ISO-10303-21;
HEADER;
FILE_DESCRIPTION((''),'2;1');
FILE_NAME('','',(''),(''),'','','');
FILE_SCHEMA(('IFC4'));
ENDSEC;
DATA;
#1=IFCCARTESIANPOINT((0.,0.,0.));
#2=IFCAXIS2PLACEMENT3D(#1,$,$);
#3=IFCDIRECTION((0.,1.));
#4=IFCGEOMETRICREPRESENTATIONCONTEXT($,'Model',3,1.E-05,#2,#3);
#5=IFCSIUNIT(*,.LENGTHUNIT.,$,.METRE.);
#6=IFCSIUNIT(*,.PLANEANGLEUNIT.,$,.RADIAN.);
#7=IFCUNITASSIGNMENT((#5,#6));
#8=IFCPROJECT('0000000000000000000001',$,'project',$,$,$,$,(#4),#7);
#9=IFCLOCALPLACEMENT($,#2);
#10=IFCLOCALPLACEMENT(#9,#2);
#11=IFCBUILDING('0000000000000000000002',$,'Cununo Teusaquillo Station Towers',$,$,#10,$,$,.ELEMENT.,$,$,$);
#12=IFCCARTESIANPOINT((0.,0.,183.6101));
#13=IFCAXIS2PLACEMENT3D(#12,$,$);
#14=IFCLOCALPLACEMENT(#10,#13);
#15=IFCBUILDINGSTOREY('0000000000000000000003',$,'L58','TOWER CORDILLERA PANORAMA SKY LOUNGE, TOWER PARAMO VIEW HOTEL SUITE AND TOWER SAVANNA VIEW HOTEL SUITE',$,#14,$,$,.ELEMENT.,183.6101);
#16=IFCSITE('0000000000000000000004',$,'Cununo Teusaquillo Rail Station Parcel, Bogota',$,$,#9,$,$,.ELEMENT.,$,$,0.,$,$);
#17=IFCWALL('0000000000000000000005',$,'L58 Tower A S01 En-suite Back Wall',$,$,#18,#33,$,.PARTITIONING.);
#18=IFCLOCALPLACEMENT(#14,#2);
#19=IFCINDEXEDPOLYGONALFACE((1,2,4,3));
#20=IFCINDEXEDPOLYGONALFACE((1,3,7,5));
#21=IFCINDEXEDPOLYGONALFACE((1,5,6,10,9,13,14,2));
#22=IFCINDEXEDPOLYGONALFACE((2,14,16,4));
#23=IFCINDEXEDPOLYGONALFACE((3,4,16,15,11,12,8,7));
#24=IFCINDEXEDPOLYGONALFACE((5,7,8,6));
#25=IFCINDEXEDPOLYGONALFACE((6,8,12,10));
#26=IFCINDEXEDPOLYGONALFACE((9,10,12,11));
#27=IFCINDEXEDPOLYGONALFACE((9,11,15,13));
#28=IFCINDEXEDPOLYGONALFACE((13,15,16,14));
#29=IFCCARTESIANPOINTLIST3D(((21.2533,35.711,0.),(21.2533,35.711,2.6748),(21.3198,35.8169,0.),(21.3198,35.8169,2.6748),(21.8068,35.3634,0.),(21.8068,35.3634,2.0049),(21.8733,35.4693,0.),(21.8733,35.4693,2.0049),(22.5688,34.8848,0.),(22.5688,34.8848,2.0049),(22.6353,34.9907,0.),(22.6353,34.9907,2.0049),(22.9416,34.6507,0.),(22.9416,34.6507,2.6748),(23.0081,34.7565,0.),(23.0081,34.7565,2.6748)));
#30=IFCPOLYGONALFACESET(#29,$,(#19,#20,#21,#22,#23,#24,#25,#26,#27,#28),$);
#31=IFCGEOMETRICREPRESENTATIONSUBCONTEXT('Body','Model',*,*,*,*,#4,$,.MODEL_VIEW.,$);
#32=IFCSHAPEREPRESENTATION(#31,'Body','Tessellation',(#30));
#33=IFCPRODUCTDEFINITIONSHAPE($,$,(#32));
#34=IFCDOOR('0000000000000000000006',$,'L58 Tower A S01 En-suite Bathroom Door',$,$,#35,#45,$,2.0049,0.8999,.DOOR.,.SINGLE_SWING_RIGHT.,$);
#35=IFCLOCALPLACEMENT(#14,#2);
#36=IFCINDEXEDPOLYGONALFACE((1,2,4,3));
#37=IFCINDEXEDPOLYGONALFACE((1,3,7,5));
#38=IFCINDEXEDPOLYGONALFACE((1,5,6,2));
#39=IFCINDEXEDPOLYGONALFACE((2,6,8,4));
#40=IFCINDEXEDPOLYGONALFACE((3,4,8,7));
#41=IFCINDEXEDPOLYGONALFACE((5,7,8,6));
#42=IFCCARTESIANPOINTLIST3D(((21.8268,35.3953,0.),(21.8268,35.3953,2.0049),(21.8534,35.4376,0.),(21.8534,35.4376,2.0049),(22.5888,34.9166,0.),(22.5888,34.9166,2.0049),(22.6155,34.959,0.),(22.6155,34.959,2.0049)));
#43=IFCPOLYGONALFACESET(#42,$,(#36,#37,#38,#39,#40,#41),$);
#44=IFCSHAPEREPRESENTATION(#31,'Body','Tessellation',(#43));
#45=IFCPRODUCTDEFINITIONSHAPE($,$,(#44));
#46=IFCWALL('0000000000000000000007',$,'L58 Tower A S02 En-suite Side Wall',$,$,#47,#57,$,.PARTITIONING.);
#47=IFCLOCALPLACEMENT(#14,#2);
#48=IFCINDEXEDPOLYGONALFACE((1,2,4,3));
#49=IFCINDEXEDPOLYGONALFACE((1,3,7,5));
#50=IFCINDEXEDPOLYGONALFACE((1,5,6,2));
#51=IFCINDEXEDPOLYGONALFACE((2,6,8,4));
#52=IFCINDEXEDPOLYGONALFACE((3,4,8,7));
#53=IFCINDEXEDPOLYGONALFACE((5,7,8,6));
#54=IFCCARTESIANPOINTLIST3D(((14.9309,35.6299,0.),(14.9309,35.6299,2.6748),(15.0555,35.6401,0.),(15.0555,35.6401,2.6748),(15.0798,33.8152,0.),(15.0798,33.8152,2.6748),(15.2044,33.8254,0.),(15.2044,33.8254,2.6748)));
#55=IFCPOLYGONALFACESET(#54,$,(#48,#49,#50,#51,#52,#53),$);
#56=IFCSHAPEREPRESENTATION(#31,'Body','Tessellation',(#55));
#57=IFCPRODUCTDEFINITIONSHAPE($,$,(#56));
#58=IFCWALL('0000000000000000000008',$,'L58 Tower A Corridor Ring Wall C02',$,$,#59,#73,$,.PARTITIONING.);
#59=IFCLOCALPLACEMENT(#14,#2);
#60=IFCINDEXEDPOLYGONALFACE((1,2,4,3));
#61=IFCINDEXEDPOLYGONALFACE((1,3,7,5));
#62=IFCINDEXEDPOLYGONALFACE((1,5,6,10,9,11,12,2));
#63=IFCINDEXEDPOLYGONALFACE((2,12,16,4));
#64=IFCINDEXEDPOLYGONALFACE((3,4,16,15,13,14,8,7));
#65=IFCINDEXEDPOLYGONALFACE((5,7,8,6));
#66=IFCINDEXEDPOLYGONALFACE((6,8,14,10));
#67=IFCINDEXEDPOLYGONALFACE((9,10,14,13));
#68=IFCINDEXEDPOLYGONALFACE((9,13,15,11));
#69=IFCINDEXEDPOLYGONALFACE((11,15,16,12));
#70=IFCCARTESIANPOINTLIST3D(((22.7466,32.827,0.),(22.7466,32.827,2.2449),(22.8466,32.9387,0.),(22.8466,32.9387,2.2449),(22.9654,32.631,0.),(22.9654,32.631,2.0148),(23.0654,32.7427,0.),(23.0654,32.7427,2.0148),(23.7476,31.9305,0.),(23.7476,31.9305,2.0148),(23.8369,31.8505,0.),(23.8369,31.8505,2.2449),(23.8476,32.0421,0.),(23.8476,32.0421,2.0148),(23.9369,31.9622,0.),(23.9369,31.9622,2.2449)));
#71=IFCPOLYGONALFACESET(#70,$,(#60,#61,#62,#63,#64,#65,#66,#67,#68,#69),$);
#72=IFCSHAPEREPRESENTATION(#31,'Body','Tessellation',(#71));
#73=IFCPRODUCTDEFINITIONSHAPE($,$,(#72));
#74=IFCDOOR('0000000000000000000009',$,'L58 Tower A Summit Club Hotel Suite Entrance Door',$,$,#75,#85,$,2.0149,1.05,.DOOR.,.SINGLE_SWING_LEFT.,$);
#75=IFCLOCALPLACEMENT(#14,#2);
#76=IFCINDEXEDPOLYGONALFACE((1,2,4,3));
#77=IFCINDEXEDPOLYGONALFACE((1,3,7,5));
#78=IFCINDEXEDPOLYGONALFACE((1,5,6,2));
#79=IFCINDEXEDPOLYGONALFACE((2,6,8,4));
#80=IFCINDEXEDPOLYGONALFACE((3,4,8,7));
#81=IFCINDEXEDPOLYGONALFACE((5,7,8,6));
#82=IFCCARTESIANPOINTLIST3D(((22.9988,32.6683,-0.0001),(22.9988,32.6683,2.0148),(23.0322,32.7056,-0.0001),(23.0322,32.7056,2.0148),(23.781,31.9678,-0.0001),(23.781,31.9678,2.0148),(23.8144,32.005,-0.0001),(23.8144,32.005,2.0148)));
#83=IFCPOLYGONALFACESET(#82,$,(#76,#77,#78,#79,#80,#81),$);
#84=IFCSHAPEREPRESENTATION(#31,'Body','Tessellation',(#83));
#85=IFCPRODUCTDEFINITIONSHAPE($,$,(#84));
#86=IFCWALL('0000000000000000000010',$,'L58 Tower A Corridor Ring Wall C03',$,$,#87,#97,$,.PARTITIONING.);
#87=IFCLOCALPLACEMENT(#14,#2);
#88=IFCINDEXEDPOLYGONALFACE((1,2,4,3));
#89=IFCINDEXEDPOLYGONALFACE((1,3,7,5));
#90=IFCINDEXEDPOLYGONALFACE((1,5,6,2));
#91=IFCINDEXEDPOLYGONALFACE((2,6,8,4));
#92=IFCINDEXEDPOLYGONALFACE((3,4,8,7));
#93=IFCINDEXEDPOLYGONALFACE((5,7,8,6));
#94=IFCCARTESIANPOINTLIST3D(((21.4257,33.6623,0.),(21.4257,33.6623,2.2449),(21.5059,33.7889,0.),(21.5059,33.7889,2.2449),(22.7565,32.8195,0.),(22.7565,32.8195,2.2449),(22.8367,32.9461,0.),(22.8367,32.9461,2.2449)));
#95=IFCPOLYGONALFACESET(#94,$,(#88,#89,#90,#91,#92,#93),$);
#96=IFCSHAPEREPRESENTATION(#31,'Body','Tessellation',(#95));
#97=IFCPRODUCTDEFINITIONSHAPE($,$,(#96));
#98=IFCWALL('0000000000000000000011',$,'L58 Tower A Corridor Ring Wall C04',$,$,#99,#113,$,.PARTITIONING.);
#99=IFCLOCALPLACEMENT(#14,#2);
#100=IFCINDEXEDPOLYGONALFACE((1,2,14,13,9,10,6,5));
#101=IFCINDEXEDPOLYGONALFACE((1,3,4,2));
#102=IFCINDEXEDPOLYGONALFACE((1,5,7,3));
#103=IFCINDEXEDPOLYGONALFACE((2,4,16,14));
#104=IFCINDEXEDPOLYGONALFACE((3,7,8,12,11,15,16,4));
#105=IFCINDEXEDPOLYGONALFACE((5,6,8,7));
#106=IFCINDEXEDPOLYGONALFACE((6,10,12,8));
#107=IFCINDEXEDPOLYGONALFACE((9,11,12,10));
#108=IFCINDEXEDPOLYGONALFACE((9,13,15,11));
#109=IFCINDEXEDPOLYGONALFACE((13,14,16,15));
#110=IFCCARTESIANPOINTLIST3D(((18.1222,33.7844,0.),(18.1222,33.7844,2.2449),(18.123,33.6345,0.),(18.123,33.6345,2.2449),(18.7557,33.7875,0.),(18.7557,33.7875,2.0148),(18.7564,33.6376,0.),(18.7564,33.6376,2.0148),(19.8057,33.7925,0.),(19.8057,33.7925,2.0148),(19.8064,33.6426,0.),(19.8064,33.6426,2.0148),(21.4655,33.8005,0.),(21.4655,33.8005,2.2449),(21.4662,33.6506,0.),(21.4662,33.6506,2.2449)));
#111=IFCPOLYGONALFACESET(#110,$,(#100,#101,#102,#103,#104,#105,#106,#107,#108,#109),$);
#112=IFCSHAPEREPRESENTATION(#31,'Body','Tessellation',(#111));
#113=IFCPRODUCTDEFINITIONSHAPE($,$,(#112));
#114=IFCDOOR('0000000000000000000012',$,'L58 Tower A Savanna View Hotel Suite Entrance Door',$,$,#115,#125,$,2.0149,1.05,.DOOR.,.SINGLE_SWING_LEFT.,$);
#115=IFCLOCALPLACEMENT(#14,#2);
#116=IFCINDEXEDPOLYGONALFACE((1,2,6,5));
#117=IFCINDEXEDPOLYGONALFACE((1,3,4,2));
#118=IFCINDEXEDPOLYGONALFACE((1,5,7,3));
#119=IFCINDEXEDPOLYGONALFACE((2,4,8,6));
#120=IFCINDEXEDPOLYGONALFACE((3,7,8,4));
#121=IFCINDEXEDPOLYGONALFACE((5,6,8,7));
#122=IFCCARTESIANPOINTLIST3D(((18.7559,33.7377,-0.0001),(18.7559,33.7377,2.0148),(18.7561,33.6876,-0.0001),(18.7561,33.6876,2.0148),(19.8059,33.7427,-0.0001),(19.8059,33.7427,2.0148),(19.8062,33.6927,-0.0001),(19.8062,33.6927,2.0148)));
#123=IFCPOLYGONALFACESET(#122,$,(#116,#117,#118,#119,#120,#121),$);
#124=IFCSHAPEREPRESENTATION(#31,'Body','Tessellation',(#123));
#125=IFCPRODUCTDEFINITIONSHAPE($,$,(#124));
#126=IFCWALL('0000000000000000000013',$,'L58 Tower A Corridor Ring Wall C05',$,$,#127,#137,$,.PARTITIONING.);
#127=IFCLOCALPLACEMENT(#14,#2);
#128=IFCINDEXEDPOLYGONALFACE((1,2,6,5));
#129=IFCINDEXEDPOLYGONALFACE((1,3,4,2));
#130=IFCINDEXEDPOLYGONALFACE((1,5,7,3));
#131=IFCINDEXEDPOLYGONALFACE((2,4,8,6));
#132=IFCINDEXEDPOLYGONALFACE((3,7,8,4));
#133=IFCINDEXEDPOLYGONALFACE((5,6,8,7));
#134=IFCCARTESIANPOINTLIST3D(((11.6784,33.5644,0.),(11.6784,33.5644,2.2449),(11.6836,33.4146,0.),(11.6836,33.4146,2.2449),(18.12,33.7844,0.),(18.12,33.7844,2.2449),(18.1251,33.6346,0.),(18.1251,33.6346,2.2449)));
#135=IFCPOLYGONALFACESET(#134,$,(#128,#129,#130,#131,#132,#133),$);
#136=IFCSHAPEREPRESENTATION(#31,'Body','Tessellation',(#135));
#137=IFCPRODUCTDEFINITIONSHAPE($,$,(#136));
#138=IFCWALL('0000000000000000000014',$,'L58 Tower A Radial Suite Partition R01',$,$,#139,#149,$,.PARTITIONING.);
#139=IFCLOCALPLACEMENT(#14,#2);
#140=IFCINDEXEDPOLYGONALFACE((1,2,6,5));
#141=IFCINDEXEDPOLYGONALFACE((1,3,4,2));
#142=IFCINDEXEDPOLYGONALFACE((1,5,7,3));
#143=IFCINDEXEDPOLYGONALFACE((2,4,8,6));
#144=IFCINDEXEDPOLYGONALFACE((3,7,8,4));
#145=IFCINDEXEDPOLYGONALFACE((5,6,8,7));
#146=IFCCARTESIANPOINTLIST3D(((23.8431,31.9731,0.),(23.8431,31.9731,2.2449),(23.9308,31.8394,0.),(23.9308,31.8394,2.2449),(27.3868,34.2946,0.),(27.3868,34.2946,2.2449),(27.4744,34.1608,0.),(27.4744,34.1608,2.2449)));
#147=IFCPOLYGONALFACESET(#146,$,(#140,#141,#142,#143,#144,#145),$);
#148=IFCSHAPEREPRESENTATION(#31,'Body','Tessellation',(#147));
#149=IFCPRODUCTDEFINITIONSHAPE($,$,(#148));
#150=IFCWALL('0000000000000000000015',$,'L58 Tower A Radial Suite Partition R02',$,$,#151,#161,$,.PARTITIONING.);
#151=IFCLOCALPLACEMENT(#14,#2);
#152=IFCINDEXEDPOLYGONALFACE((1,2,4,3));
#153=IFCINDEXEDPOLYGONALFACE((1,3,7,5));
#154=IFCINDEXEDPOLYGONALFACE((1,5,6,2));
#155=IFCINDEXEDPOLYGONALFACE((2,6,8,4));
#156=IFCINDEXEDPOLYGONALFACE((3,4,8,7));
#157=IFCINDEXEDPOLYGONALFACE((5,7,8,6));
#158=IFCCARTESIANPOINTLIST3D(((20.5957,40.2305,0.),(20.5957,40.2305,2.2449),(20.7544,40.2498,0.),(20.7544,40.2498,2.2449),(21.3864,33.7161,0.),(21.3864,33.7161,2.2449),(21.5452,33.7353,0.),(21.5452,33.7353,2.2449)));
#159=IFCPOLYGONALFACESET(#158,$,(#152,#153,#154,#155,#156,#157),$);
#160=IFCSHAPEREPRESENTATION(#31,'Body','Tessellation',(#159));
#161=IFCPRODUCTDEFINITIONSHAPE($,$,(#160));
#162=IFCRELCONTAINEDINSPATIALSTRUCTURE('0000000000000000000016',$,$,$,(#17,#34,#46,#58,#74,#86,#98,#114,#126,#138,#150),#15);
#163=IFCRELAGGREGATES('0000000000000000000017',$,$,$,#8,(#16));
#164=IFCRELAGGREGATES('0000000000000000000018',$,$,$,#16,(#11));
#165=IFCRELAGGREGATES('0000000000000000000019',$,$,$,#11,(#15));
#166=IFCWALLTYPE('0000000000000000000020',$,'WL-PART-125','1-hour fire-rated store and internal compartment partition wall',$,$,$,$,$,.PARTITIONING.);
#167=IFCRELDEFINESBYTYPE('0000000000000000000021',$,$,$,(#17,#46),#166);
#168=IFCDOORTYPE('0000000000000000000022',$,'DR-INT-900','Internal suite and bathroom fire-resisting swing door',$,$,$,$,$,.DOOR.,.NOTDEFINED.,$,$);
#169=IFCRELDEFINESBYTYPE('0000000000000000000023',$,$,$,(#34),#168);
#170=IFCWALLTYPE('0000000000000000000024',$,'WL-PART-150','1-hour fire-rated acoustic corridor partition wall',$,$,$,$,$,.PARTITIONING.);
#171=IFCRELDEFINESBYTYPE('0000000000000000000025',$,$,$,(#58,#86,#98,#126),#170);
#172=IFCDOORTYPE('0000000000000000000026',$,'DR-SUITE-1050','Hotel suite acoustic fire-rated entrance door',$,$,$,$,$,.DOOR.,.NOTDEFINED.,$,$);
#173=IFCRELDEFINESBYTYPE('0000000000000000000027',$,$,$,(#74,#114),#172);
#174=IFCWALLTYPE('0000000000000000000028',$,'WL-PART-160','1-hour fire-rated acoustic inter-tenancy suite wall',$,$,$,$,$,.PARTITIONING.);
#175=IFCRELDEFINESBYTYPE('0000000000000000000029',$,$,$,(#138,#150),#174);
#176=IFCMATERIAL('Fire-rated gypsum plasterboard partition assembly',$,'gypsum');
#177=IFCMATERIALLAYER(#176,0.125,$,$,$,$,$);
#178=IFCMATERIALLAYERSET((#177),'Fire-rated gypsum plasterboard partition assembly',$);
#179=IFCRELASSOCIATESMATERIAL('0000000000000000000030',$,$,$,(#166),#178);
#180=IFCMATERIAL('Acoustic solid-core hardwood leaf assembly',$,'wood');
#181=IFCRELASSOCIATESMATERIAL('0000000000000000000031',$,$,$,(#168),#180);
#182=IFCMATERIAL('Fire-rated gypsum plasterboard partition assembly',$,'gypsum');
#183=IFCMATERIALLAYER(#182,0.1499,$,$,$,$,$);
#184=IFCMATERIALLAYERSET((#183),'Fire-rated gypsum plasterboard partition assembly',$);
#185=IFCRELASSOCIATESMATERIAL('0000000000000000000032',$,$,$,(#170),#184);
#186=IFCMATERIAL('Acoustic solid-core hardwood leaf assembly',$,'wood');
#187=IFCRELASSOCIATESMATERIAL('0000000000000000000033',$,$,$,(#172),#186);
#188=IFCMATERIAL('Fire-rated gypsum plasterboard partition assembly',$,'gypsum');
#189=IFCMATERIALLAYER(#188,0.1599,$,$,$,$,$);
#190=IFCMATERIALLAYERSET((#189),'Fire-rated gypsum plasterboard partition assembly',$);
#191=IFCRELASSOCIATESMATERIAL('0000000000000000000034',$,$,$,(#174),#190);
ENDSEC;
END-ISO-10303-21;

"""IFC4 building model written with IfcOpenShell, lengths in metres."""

from ifc_helpers import new_model, si_unit, direction, frame, frame_2d, origin, place, context, subcontext, project, spatial, rectangle, extrude, source, transform, mapped, material, layer, layer_set, type_object, element, fill, save


model = new_model("IFC4")

# Units and contexts
model_context = context("Model", 3, precision=1e-05, world=origin(), true_north=direction((0.0, 1.0)))
body_context = subcontext(model_context, "Body", "Model", "MODEL_VIEW")
ifc_project = project(units=[si_unit("LENGTHUNIT", "METRE"), si_unit("PLANEANGLEUNIT", "RADIAN")], contexts=[model_context])

# Site, building, storey
site_placement = place(None, origin())
site = spatial("IfcSite", under=ifc_project, at=site_placement, Name="Cununo Teusaquillo Rail Station Parcel, Bogota", CompositionType="ELEMENT", RefElevation=0.0)
building_placement = place(site_placement, origin())
building = spatial("IfcBuilding", under=site, at=building_placement, Name="Cununo Teusaquillo Station Towers", CompositionType="ELEMENT")
storey_placement = place(building_placement, frame((0.0, 0.0, 183.6101)))
storey = spatial("IfcBuildingStorey", under=building, at=storey_placement, Name="L58", Description="TOWER CORDILLERA PANORAMA SKY LOUNGE, TOWER PARAMO VIEW HOTEL SUITE AND TOWER SAVANNA VIEW HOTEL SUITE", CompositionType="ELEMENT", Elevation=183.6101)

# Shared definitions
ifc_material_1 = material(Name="Fire-rated gypsum plasterboard partition assembly", Category="gypsum")
ifc_layer_1 = layer(ifc_material_1, 0.125)
ifc_layer_set_1 = layer_set([ifc_layer_1], Name="Fire-rated gypsum plasterboard partition assembly")
wall_type_1 = type_object("IfcWallType", Name="WL-PART-125", Description="1-hour fire-rated store and internal compartment partition wall", PredefinedType="PARTITIONING", material=ifc_layer_set_1)

# Wall, opening, door
wall_1_placement = place(storey_placement, frame((22.9749, 34.7036, 0.0), z_axis=(0.0, 0.0, 1.0), x_axis=(-0.846834, 0.531858, 0.0)))
wall_1 = element("IfcWall", 1, at=wall_1_placement, inside=storey, type_object=wall_type_1, Name="L58 Tower A S01 En-suite Back Wall", PredefinedType="PARTITIONING", context=body_context, shape_type="SweptSolid", body=[
    extrude(rectangle(XDim=1.9937, YDim=0.125, at=frame_2d((0.9968, 0.0))), origin(), (0.0, 0.0, 1.0), 2.6748),
])
shared_shape_1 = source(origin(), body_context, "Body", "SweptSolid", [
    extrude(rectangle(XDim=0.8999, YDim=2.0049, at=frame_2d((0.45, 1.0024))), frame((0.0, 0.0725, 0.0), z_axis=(0.0, -1.0, 0.0), x_axis=(1.0, 0.0, 0.0)), (0.0, 0.0, 1.0), 0.145),
])
opening_1_placement = place(wall_1_placement, frame((0.4402, 0.0, 0.0)))
opening_1 = element("IfcOpeningElement", 2, at=opening_1_placement, cuts=wall_1, PredefinedType="OPENING", context=body_context, shape_type="MappedRepresentation", body=[
    mapped(shared_shape_1, transform((0.0, 0.0, 0.0), x_axis=(1.0, 0.0, 0.0), y_axis=(0.0, 1.0, 0.0), z_axis=(0.0, 0.0, 1.0), scale=1.0)),
])
ifc_material_2 = material(Name="Acoustic solid-core hardwood leaf assembly", Category="wood")
door_type_1 = type_object("IfcDoorType", Name="DR-INT-900", Description="Internal suite and bathroom fire-resisting swing door", OperationType="NOTDEFINED", PredefinedType="DOOR", material=ifc_material_2)
shared_shape_2 = source(origin(), body_context, "Body", "SweptSolid", [
    extrude(rectangle(XDim=0.8999, YDim=2.0049, at=frame_2d((0.45, 1.0024))), frame((0.0, 0.0249, 0.0), z_axis=(0.0, -1.0, 0.0), x_axis=(1.0, 0.0, 0.0)), (0.0, 0.0, 1.0), 0.05),
])
door_1_placement = place(opening_1_placement, origin())
door_1 = element("IfcDoor", 3, at=door_1_placement, inside=storey, type_object=door_type_1, Name="L58 Tower A S01 En-suite Bathroom Door", OperationType="SINGLE_SWING_RIGHT", OverallHeight=2.0049, OverallWidth=0.8999, PredefinedType="DOOR", context=body_context, shape_type="MappedRepresentation", body=[
    mapped(shared_shape_2, transform((0.0, 0.0, 0.0), x_axis=(1.0, 0.0, 0.0), y_axis=(0.0, 1.0, 0.0), z_axis=(0.0, 0.0, 1.0), scale=1.0)),
])
fill(opening_1, door_1)

# Wall
wall_2_placement = place(storey_placement, frame((15.1421, 33.8203, 0.0), z_axis=(0.0, 0.0, 1.0), x_axis=(-0.081791, 0.996649, 0.0)))
element("IfcWall", 4, at=wall_2_placement, inside=storey, type_object=wall_type_1, Name="L58 Tower A S02 En-suite Side Wall", PredefinedType="PARTITIONING", context=body_context, shape_type="SweptSolid", body=[
    extrude(rectangle(XDim=1.8208, YDim=0.125, at=frame_2d((0.9104, 0.0))), origin(), (0.0, 0.0, 1.0), 2.6748),
])

# Wall, opening, door
ifc_material_3 = material(Name="Fire-rated gypsum plasterboard partition assembly", Category="gypsum")
ifc_layer_2 = layer(ifc_material_3, 0.1499)
ifc_layer_set_2 = layer_set([ifc_layer_2], Name="Fire-rated gypsum plasterboard partition assembly")
wall_type_2 = type_object("IfcWallType", Name="WL-PART-150", Description="1-hour fire-rated acoustic corridor partition wall", PredefinedType="PARTITIONING", material=ifc_layer_set_2)
wall_3_placement = place(storey_placement, frame((23.887, 31.9062, 0.0), z_axis=(0.0, 0.0, 1.0), x_axis=(-0.744901, 0.667175, 0.0)))
wall_3 = element("IfcWall", 5, at=wall_3_placement, inside=storey, type_object=wall_type_2, Name="L58 Tower A Corridor Ring Wall C02", PredefinedType="PARTITIONING", context=body_context, shape_type="SweptSolid", body=[
    extrude(rectangle(XDim=1.4636, YDim=0.1499, at=frame_2d((0.7319, 0.0))), origin(), (0.0, 0.0, 1.0), 2.2449),
])
shared_shape_3 = source(origin(), body_context, "Body", "SweptSolid", [
    extrude(rectangle(XDim=1.05, YDim=2.0149, at=frame_2d((0.5249, 1.0073))), frame((0.0, 0.085, 0.0), z_axis=(0.0, -1.0, 0.0), x_axis=(1.0, 0.0, 0.0)), (0.0, 0.0, 1.0), 0.1699),
])
opening_2_placement = place(wall_3_placement, frame((0.1201, 0.0, 0.0)))
opening_2 = element("IfcOpeningElement", 6, at=opening_2_placement, cuts=wall_3, PredefinedType="OPENING", context=body_context, shape_type="MappedRepresentation", body=[
    mapped(shared_shape_3, transform((0.0, 0.0, 0.0), x_axis=(1.0, 0.0, 0.0), y_axis=(0.0, 1.0, 0.0), z_axis=(0.0, 0.0, 1.0), scale=1.0)),
])
ifc_material_4 = material(Name="Acoustic solid-core hardwood leaf assembly", Category="wood")
door_type_2 = type_object("IfcDoorType", Name="DR-SUITE-1050", Description="Hotel suite acoustic fire-rated entrance door", OperationType="NOTDEFINED", PredefinedType="DOOR", material=ifc_material_4)
shared_shape_4 = source(origin(), body_context, "Body", "SweptSolid", [
    extrude(rectangle(XDim=1.05, YDim=2.0149, at=frame_2d((0.5249, 1.0073))), frame((0.0, 0.0249, 0.0), z_axis=(0.0, -1.0, 0.0), x_axis=(1.0, 0.0, 0.0)), (0.0, 0.0, 1.0), 0.05),
])
door_2_placement = place(opening_2_placement, origin())
door_2 = element("IfcDoor", 7, at=door_2_placement, inside=storey, type_object=door_type_2, Name="L58 Tower A Summit Club Hotel Suite Entrance Door", OperationType="SINGLE_SWING_LEFT", OverallHeight=2.0149, OverallWidth=1.05, PredefinedType="DOOR", context=body_context, shape_type="MappedRepresentation", body=[
    mapped(shared_shape_4, transform((0.0, 0.0, 0.0), x_axis=(1.0, 0.0, 0.0), y_axis=(0.0, 1.0, 0.0), z_axis=(0.0, 0.0, 1.0), scale=1.0)),
])
fill(opening_2, door_2)

# Wall
wall_4_placement = place(storey_placement, frame((22.7966, 32.8828, 0.0), z_axis=(0.0, 0.0, 1.0), x_axis=(-0.84484, 0.535019, 0.0)))
element("IfcWall", 8, at=wall_4_placement, inside=storey, type_object=wall_type_2, Name="L58 Tower A Corridor Ring Wall C03", PredefinedType="PARTITIONING", context=body_context, shape_type="SweptSolid", body=[
    extrude(rectangle(XDim=1.5752, YDim=0.1499, at=frame_2d((0.7876, 0.0))), origin(), (0.0, 0.0, 1.0), 2.2449),
])

# Wall, opening, door
wall_5_placement = place(storey_placement, frame((21.4658, 33.7256, 0.0), z_axis=(0.0, 0.0, 1.0), x_axis=(-0.999988, -0.00482, 0.0)))
wall_5 = element("IfcWall", 9, at=wall_5_placement, inside=storey, type_object=wall_type_2, Name="L58 Tower A Corridor Ring Wall C04", PredefinedType="PARTITIONING", context=body_context, shape_type="SweptSolid", body=[
    extrude(rectangle(XDim=3.3433, YDim=0.1499, at=frame_2d((1.6716, 0.0))), origin(), (0.0, 0.0, 1.0), 2.2449),
])
opening_3_placement = place(wall_5_placement, frame((1.6599, 0.0, 0.0)))
opening_3 = element("IfcOpeningElement", 10, at=opening_3_placement, cuts=wall_5, PredefinedType="OPENING", context=body_context, shape_type="MappedRepresentation", body=[
    mapped(shared_shape_3, transform((0.0, 0.0, 0.0), x_axis=(1.0, 0.0, 0.0), y_axis=(0.0, 1.0, 0.0), z_axis=(0.0, 0.0, 1.0), scale=1.0)),
])
door_3_placement = place(opening_3_placement, origin())
door_3 = element("IfcDoor", 11, at=door_3_placement, inside=storey, type_object=door_type_2, Name="L58 Tower A Savanna View Hotel Suite Entrance Door", OperationType="SINGLE_SWING_LEFT", OverallHeight=2.0149, OverallWidth=1.05, PredefinedType="DOOR", context=body_context, shape_type="MappedRepresentation", body=[
    mapped(shared_shape_4, transform((0.0, 0.0, 0.0), x_axis=(1.0, 0.0, 0.0), y_axis=(0.0, 1.0, 0.0), z_axis=(0.0, 0.0, 1.0), scale=1.0)),
])
fill(opening_3, door_3)

# Walls
wall_6_placement = place(storey_placement, frame((18.1226, 33.7095, 0.0), z_axis=(0.0, 0.0, 1.0), x_axis=(-0.999417, -0.034128, 0.0)))
element("IfcWall", 12, at=wall_6_placement, inside=storey, type_object=wall_type_2, Name="L58 Tower A Corridor Ring Wall C05", PredefinedType="PARTITIONING", context=body_context, shape_type="SweptSolid", body=[
    extrude(rectangle(XDim=6.4453, YDim=0.1499, at=frame_2d((3.2227, 0.0))), origin(), (0.0, 0.0, 1.0), 2.2449),
])
ifc_material_5 = material(Name="Fire-rated gypsum plasterboard partition assembly", Category="gypsum")
ifc_layer_3 = layer(ifc_material_5, 0.1599)
ifc_layer_set_3 = layer_set([ifc_layer_3], Name="Fire-rated gypsum plasterboard partition assembly")
wall_type_3 = type_object("IfcWallType", Name="WL-PART-160", Description="1-hour fire-rated acoustic inter-tenancy suite wall", PredefinedType="PARTITIONING", material=ifc_layer_set_3)
wall_7_placement = place(storey_placement, frame((23.887, 31.9062, 0.0), z_axis=(0.0, 0.0, 1.0), x_axis=(0.836483, 0.547993, 0.0)))
element("IfcWall", 13, at=wall_7_placement, inside=storey, type_object=wall_type_3, Name="L58 Tower A Radial Suite Partition R01", PredefinedType="PARTITIONING", context=body_context, shape_type="SweptSolid", body=[
    extrude(rectangle(XDim=4.2363, YDim=0.1599, at=frame_2d((2.1182, 0.0))), origin(), (0.0, 0.0, 1.0), 2.2449),
])
wall_8_placement = place(storey_placement, frame((21.4658, 33.7256, 0.0), z_axis=(0.0, 0.0, 1.0), x_axis=(-0.120504, 0.992713, 0.0)))
element("IfcWall", 14, at=wall_8_placement, inside=storey, type_object=wall_type_3, Name="L58 Tower A Radial Suite Partition R02", PredefinedType="PARTITIONING", context=body_context, shape_type="SweptSolid", body=[
    extrude(rectangle(XDim=6.5623, YDim=0.1599, at=frame_2d((3.2812, 0.0))), origin(), (0.0, 0.0, 1.0), 2.2449),
])

save(model, "model.ifc")
